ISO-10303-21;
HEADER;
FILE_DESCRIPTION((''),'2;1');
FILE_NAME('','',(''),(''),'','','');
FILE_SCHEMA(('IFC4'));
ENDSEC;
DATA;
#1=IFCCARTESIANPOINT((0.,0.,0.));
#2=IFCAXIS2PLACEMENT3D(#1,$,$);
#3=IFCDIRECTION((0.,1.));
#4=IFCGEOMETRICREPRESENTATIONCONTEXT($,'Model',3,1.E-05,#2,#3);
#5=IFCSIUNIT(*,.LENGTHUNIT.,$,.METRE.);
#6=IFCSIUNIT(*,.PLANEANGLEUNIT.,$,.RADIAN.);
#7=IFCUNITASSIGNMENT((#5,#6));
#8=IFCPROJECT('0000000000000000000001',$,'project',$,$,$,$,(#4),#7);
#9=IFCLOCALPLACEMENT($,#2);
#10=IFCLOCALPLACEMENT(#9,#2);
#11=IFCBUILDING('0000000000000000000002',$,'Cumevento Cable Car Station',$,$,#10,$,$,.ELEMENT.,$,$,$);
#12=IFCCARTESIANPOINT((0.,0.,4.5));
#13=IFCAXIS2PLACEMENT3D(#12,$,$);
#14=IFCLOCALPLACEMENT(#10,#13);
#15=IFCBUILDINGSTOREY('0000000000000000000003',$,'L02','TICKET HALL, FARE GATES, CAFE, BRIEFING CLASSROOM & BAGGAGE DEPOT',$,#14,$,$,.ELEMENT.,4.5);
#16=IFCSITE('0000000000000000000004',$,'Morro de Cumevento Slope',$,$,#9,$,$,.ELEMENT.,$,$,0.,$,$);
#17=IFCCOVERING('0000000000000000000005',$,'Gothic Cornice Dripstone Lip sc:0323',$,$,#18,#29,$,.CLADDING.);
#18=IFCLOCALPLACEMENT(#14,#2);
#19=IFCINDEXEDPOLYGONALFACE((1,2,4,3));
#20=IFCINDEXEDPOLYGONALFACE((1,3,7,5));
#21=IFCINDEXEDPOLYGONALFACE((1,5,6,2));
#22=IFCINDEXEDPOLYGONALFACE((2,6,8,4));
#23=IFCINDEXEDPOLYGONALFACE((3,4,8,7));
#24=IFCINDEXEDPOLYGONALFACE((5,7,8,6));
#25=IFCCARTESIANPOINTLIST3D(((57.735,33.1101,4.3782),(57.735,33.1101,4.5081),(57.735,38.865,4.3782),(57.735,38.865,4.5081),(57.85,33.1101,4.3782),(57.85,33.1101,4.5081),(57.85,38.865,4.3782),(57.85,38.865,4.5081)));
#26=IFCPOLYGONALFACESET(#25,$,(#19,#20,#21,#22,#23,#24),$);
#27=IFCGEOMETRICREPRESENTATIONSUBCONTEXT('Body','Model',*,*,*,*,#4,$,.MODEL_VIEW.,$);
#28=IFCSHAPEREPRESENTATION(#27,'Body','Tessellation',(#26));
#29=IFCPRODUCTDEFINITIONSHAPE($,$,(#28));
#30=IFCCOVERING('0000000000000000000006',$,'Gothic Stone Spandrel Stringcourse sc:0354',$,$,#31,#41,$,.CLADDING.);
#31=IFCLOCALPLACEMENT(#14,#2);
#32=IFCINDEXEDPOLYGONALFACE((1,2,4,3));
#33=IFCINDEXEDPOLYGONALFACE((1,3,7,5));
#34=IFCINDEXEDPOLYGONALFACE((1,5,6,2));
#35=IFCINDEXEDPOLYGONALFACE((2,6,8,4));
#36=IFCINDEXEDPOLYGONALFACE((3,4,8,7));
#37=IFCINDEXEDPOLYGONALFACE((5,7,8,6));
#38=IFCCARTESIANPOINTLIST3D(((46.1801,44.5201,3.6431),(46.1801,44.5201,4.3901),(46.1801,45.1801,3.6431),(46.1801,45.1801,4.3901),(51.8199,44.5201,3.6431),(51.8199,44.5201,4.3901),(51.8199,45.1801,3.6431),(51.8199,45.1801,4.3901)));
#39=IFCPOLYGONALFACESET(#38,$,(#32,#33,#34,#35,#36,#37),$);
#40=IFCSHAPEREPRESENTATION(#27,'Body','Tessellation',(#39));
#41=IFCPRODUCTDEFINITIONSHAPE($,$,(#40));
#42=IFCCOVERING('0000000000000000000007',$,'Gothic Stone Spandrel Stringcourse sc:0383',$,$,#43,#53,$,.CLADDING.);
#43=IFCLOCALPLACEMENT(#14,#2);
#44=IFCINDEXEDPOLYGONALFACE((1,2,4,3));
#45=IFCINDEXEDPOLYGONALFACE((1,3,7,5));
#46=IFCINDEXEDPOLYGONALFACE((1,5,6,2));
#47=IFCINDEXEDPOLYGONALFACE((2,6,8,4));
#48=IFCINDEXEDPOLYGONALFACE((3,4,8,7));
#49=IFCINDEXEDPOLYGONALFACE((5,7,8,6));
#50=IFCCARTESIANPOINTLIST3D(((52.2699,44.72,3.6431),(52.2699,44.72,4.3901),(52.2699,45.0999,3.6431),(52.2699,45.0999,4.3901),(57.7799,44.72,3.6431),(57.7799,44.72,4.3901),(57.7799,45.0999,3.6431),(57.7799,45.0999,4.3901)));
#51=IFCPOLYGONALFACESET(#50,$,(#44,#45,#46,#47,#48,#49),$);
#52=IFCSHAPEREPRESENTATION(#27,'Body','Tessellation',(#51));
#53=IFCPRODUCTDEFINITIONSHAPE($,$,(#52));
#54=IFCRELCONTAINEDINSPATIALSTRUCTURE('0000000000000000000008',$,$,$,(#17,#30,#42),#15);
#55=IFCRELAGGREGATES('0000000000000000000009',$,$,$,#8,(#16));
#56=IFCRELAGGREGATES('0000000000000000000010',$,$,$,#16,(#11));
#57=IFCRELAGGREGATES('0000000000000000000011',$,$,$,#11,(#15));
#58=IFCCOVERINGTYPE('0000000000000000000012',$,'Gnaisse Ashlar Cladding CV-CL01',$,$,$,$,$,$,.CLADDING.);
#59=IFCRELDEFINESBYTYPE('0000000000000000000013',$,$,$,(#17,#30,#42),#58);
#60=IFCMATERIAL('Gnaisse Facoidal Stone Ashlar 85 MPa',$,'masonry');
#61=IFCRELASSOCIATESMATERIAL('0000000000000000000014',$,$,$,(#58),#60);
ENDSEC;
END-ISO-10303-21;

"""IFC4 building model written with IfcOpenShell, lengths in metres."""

from ifc_helpers import new_model, si_unit, direction, frame, origin, origin_2d, place, context, subcontext, project, spatial, rectangle, extrude, material, type_object, element, save


model = new_model("IFC4")

# Units and contexts
model_context = context("Model", 3, precision=1e-05, world=origin(), true_north=direction((0.0, 1.0)))
body_context = subcontext(model_context, "Body", "Model", "MODEL_VIEW")
ifc_project = project(units=[si_unit("LENGTHUNIT", "METRE"), si_unit("PLANEANGLEUNIT", "RADIAN")], contexts=[model_context])

# Site, building, storey
site_placement = place(None, origin())
site = spatial("IfcSite", under=ifc_project, at=site_placement, Name="Morro de Cumevento Slope", CompositionType="ELEMENT", RefElevation=0.0)
building_placement = place(site_placement, origin())
building = spatial("IfcBuilding", under=site, at=building_placement, Name="Cumevento Cable Car Station", CompositionType="ELEMENT")
storey_placement = place(building_placement, frame((0.0, 0.0, 4.5)))
storey = spatial("IfcBuildingStorey", under=building, at=storey_placement, Name="L02", Description="TICKET HALL, FARE GATES, CAFE, BRIEFING CLASSROOM & BAGGAGE DEPOT", CompositionType="ELEMENT", Elevation=4.5)

# Coverings
ifc_material_1 = material(Name="Gnaisse Facoidal Stone Ashlar 85 MPa", Category="masonry")
covering_type = type_object("IfcCoveringType", Name="Gnaisse Ashlar Cladding CV-CL01", PredefinedType="CLADDING", material=ifc_material_1)
covering_1_placement = place(storey_placement, frame((57.7925, 35.9875, 4.3782), z_axis=(0.0, 0.0, 1.0), x_axis=(0.0, 1.0, 0.0)))
element("IfcCovering", 1, at=covering_1_placement, inside=storey, type_object=covering_type, Name="Gothic Cornice Dripstone Lip sc:0323", PredefinedType="CLADDING", context=body_context, shape_type="SweptSolid", body=[
    extrude(rectangle(XDim=5.7549, YDim=0.115, at=origin_2d()), origin(), (0.0, 0.0, 1.0), 0.1299),
])
covering_2_placement = place(storey_placement, frame((49.0, 44.8501, 3.6431), z_axis=(0.0, 0.0, 1.0), x_axis=(1.0, 0.0, 0.0)))
element("IfcCovering", 2, at=covering_2_placement, inside=storey, type_object=covering_type, Name="Gothic Stone Spandrel Stringcourse sc:0354", PredefinedType="CLADDING", context=body_context, shape_type="SweptSolid", body=[
    extrude(rectangle(XDim=5.6399, YDim=0.6599, at=origin_2d()), origin(), (0.0, 0.0, 1.0), 0.7471),
])
covering_3_placement = place(storey_placement, frame((55.0249, 44.9099, 3.6431), z_axis=(0.0, 0.0, 1.0), x_axis=(1.0, 0.0, 0.0)))
element("IfcCovering", 3, at=covering_3_placement, inside=storey, type_object=covering_type, Name="Gothic Stone Spandrel Stringcourse sc:0383", PredefinedType="CLADDING", context=body_context, shape_type="SweptSolid", body=[
    extrude(rectangle(XDim=5.51, YDim=0.3799, at=origin_2d()), origin(), (0.0, 0.0, 1.0), 0.7471),
])

save(model, "model.ifc")
